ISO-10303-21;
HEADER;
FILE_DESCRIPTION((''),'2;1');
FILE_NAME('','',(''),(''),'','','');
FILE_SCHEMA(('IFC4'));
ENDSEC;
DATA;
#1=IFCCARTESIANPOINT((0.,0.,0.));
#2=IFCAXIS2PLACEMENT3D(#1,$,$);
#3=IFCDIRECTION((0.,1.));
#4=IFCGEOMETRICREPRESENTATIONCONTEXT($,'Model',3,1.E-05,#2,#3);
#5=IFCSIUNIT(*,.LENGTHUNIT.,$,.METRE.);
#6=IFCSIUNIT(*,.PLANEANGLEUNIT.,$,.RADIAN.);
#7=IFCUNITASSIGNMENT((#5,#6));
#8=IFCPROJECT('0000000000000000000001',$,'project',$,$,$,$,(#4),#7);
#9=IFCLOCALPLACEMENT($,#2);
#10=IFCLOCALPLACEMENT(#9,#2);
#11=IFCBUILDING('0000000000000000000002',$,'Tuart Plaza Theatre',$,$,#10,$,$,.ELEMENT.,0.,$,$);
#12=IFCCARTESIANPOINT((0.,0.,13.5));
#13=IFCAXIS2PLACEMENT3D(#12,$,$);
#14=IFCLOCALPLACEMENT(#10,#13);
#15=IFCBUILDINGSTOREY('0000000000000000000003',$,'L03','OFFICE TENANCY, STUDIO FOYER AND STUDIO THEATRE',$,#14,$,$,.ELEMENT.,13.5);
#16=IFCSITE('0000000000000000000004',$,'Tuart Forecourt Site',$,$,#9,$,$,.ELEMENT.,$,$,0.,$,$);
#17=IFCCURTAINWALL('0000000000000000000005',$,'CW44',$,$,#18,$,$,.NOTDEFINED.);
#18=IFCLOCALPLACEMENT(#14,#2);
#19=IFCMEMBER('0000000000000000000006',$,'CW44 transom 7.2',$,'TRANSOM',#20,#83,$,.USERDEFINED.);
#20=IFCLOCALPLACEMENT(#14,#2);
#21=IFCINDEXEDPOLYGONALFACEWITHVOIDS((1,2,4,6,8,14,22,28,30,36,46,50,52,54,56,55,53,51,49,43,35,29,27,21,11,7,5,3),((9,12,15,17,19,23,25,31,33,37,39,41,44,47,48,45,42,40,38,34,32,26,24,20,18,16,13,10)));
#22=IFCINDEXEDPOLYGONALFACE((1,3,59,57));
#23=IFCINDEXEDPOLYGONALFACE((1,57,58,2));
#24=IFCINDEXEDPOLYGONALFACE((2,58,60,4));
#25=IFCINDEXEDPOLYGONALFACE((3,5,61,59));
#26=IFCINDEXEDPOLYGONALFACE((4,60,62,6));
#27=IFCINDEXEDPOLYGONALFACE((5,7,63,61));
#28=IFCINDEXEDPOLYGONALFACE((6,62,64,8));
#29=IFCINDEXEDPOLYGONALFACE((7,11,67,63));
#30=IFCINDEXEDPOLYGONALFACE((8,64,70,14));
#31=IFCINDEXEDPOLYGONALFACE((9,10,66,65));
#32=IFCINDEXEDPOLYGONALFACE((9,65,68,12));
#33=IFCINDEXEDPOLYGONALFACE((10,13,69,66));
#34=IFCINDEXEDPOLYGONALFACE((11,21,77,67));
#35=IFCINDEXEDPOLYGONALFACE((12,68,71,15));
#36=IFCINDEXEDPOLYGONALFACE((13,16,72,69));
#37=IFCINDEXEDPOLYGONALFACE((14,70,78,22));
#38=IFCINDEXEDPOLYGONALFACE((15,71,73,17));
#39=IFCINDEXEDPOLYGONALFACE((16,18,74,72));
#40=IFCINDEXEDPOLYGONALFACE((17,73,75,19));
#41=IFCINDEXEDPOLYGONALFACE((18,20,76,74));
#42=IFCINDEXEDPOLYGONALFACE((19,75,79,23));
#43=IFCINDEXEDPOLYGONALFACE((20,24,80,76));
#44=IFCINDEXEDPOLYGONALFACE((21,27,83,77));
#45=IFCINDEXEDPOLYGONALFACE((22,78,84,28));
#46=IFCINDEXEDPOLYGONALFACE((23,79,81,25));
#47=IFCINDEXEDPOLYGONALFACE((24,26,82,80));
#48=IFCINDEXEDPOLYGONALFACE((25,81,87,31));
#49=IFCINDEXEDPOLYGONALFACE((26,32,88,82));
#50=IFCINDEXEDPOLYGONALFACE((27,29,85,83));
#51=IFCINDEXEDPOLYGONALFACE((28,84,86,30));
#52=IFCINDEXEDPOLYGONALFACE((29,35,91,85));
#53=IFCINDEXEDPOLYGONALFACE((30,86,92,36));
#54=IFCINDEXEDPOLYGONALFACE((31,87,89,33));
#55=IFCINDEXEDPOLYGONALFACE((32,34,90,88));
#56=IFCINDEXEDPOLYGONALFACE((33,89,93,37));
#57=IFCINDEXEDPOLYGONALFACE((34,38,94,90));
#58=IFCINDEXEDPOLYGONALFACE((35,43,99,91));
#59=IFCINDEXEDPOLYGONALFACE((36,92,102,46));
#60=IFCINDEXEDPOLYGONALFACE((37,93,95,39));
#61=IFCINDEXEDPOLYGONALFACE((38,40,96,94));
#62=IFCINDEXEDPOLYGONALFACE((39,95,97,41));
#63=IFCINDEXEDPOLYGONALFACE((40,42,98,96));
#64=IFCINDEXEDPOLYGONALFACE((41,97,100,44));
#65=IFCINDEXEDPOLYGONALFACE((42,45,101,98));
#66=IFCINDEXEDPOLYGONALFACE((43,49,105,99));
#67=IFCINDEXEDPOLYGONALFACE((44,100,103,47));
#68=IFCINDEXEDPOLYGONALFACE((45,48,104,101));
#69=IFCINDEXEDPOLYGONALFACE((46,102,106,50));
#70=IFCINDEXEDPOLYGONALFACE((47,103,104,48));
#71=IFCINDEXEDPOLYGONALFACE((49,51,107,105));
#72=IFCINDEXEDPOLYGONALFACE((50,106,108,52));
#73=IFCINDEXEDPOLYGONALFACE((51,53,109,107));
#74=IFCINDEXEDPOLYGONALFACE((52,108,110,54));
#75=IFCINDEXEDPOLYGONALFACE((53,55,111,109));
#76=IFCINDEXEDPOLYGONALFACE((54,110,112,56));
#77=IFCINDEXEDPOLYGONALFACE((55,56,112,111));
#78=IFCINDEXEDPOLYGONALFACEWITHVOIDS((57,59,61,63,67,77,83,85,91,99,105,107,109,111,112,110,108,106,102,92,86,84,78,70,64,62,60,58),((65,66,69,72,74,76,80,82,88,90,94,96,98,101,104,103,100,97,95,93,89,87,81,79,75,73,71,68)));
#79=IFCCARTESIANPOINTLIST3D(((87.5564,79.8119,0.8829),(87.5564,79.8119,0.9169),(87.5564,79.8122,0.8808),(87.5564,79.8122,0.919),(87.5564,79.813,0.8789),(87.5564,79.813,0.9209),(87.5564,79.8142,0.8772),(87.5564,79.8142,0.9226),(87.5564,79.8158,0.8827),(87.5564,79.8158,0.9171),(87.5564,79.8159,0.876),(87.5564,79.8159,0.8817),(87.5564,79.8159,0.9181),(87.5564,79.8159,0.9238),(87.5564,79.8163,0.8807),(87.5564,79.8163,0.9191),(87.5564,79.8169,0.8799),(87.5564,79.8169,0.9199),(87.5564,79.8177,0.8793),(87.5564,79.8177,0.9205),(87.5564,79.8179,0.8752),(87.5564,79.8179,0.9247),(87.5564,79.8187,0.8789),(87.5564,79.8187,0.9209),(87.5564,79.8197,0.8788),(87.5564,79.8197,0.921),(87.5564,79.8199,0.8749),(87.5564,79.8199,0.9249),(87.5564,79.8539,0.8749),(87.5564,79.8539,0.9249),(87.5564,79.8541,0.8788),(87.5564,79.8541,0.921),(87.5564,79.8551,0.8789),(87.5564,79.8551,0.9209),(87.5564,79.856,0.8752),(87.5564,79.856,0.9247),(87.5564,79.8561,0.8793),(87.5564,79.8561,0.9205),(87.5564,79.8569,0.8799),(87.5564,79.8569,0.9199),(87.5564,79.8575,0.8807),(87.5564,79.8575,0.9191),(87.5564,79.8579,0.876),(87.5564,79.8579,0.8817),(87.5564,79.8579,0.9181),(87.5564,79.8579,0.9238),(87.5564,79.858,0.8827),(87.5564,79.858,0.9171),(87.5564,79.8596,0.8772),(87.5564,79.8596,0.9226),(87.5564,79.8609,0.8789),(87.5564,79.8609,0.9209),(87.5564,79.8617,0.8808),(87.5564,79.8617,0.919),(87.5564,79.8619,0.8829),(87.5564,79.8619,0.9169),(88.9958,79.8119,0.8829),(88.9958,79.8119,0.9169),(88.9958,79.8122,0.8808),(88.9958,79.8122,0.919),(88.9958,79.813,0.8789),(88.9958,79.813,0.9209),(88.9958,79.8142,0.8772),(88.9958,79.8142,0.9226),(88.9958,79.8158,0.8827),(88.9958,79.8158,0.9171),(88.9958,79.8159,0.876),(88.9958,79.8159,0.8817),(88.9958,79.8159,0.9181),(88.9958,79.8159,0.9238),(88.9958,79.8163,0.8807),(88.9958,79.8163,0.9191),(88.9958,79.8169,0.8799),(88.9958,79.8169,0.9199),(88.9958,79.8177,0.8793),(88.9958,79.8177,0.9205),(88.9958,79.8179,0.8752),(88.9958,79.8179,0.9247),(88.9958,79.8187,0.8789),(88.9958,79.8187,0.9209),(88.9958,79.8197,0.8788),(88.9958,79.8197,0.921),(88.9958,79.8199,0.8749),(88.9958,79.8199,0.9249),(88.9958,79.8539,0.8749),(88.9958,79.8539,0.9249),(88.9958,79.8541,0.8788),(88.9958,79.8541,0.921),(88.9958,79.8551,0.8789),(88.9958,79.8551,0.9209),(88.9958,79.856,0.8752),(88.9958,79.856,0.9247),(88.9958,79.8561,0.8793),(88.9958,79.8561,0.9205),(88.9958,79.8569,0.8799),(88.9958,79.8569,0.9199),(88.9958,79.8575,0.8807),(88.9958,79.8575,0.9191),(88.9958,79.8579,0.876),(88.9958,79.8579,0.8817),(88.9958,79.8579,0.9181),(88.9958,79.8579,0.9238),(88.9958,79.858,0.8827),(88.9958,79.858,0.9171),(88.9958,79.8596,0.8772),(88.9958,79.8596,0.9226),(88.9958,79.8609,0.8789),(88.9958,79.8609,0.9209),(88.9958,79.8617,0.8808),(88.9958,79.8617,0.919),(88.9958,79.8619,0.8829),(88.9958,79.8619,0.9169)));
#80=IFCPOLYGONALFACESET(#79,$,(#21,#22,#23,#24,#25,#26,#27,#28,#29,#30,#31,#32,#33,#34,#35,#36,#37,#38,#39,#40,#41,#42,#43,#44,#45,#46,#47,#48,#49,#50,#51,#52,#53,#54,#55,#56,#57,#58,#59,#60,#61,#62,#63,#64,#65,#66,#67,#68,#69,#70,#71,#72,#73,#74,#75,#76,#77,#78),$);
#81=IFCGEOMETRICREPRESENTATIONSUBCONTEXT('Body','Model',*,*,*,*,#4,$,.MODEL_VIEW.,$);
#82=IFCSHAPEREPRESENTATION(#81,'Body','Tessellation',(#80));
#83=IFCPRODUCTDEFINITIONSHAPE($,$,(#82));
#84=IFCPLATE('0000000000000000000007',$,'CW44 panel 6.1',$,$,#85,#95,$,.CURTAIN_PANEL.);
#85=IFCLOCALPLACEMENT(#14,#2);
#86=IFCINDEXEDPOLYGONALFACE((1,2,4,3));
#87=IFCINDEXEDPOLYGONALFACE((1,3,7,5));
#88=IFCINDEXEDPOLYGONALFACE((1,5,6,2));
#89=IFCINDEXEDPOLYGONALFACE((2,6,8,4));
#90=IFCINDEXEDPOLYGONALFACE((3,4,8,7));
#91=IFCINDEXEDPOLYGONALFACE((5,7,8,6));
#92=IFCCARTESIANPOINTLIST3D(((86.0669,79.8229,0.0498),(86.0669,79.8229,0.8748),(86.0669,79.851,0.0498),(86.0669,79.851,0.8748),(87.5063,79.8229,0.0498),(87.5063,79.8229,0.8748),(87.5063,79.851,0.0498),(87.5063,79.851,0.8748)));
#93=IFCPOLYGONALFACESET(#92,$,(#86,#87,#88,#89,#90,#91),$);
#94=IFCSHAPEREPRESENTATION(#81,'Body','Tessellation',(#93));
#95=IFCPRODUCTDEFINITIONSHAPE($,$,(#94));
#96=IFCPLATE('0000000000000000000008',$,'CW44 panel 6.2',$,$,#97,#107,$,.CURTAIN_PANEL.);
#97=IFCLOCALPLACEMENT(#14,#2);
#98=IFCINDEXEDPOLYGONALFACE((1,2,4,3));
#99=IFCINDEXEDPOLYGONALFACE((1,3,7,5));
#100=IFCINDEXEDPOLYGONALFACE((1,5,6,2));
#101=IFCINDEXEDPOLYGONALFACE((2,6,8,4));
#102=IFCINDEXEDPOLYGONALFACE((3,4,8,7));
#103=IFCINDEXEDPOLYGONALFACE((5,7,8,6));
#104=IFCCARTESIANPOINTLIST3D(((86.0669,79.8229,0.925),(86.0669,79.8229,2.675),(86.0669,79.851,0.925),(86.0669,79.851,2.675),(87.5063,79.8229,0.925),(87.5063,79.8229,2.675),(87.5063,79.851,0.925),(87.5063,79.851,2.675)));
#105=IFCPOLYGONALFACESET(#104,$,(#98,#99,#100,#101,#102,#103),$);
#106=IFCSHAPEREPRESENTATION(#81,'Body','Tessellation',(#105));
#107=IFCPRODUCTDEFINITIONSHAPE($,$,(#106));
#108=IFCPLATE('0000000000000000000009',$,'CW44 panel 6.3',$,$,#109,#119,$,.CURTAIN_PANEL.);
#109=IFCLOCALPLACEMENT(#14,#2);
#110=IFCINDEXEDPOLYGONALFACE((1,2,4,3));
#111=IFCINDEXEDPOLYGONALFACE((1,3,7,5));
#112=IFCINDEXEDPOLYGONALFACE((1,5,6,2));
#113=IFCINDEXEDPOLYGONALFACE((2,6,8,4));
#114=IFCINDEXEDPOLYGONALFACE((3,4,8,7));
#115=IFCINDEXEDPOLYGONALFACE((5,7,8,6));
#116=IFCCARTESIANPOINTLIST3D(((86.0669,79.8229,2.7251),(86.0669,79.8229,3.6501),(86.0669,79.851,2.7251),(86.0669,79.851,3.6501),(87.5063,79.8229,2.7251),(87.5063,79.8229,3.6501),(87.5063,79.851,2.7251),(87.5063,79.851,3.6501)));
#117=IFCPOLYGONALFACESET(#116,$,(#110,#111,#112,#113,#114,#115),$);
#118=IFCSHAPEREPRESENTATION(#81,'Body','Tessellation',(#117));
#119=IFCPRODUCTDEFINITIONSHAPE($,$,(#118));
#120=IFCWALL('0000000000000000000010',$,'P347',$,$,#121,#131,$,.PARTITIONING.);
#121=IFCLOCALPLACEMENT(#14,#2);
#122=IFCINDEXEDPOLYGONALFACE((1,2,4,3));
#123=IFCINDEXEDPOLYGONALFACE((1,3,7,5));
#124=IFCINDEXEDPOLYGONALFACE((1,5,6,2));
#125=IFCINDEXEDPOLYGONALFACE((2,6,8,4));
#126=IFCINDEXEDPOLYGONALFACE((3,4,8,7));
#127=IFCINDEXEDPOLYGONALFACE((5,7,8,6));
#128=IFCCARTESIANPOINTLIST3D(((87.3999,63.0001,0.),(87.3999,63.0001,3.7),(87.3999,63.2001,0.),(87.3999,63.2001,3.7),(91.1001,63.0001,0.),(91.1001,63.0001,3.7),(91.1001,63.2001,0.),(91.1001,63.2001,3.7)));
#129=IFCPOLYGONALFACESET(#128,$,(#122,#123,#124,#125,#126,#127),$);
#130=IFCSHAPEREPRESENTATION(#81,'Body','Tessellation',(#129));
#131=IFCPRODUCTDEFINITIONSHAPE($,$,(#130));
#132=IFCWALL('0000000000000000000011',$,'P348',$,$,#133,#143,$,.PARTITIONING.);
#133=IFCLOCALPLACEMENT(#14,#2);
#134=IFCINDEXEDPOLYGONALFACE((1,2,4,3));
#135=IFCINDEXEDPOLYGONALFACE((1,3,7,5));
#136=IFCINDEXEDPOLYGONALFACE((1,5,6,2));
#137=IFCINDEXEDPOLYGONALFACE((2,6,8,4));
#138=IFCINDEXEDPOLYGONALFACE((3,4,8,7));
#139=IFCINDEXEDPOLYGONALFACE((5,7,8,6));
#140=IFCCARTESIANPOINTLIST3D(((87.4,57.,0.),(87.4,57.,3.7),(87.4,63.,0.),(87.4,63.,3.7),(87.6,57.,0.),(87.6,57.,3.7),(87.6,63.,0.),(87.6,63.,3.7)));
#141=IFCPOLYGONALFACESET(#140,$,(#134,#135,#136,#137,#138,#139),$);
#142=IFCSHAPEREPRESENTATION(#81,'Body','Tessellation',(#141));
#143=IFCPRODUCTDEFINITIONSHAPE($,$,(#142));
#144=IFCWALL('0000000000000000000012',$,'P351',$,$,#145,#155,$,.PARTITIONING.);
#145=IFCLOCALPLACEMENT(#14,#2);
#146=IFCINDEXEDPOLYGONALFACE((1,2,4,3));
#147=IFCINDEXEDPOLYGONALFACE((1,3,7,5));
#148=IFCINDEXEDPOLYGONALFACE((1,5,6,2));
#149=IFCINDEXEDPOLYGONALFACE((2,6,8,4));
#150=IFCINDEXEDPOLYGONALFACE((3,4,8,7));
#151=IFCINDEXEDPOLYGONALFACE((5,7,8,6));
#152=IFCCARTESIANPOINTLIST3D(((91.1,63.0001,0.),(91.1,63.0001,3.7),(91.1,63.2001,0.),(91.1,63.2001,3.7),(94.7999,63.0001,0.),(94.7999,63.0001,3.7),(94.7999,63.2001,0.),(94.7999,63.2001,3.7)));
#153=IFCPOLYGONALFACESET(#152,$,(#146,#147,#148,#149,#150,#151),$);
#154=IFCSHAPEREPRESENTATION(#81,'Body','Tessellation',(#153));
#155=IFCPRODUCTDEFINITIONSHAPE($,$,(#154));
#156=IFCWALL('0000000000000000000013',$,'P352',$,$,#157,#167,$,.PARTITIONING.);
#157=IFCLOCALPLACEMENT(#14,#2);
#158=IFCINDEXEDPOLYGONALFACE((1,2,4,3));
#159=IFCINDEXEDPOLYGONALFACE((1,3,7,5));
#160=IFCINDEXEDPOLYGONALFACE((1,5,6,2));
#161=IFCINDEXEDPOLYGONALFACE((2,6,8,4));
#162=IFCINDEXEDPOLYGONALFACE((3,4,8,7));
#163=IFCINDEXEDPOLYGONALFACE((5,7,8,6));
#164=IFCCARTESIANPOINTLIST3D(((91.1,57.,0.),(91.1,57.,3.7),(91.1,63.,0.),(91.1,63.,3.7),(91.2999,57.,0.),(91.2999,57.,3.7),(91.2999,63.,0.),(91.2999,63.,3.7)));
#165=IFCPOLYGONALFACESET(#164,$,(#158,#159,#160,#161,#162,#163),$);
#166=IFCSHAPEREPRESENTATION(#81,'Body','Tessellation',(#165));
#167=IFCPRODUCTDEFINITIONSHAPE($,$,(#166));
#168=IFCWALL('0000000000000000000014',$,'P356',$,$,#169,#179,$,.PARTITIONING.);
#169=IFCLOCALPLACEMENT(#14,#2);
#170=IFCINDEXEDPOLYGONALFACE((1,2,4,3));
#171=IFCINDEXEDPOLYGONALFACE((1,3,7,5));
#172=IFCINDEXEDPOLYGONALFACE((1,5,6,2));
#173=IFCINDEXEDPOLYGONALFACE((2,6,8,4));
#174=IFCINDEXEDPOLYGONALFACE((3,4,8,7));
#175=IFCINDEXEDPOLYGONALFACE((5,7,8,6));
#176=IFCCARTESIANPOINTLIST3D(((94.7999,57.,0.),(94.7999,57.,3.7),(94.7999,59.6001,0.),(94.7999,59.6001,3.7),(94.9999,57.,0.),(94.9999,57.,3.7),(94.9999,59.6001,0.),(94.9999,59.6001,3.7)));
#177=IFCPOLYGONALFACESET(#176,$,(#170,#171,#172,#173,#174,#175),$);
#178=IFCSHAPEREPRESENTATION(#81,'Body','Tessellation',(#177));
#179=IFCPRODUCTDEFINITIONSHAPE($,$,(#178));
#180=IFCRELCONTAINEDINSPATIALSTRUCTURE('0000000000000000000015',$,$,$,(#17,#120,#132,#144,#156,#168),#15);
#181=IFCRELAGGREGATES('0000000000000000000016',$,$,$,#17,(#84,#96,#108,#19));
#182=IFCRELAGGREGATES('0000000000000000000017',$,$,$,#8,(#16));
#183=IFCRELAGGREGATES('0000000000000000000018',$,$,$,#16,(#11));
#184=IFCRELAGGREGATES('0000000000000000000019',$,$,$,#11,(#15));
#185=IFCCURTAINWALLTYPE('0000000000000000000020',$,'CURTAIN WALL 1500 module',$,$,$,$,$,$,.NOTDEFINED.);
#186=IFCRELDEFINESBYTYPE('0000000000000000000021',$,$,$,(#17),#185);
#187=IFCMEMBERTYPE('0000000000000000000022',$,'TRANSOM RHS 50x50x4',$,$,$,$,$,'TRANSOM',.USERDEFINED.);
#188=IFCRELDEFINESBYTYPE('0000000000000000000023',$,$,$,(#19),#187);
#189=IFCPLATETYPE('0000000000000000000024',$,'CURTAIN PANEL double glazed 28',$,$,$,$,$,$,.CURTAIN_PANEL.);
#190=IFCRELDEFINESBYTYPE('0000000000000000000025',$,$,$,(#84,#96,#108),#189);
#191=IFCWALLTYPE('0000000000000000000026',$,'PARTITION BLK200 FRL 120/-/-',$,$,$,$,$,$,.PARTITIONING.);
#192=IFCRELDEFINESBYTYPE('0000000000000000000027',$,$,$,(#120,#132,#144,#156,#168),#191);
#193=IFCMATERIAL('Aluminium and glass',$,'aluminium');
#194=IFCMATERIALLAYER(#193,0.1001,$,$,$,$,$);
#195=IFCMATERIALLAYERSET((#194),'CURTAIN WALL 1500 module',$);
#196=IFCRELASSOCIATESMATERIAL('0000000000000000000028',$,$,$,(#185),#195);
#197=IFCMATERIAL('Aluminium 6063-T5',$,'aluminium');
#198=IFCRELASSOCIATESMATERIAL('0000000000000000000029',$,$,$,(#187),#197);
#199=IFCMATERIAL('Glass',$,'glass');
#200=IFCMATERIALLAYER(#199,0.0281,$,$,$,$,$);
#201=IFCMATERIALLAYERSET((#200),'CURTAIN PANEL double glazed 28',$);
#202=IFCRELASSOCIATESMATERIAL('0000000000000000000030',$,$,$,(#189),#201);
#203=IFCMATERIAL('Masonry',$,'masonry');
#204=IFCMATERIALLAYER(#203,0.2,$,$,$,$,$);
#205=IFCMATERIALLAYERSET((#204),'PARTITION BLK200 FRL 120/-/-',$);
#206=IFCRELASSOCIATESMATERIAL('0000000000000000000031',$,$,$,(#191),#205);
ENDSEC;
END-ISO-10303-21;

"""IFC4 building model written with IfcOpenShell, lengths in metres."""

from ifc_helpers import new_model, si_unit, direction, frame, frame_2d, origin, origin_2d, place, context, subcontext, project, spatial, rectangle, hollow_rectangle, extrude, material, layer, layer_set, material_profile, profile_set, type_object, element, aggregate, save


model = new_model("IFC4")

# Units and contexts
model_context = context("Model", 3, precision=1e-05, world=origin(), true_north=direction((0.0, 1.0)))
body_context = subcontext(model_context, "Body", "Model", "MODEL_VIEW")
ifc_project = project(units=[si_unit("LENGTHUNIT", "METRE"), si_unit("PLANEANGLEUNIT", "RADIAN")], contexts=[model_context])

# Site, building, storey
site_placement = place(None, origin())
site = spatial("IfcSite", under=ifc_project, at=site_placement, Name="Tuart Forecourt Site", CompositionType="ELEMENT", RefElevation=0.0)
building_placement = place(site_placement, origin())
building = spatial("IfcBuilding", under=site, at=building_placement, Name="Tuart Plaza Theatre", CompositionType="ELEMENT", ElevationOfRefHeight=0.0)
storey_placement = place(building_placement, frame((0.0, 0.0, 13.5)))
storey = spatial("IfcBuildingStorey", under=building, at=storey_placement, Name="L03", Description="OFFICE TENANCY, STUDIO FOYER AND STUDIO THEATRE", CompositionType="ELEMENT", Elevation=13.5)

# Curtain wall, member, plates
ifc_material_1 = material(Name="Aluminium and glass", Category="aluminium")
ifc_layer_1 = layer(ifc_material_1, 0.1001)
ifc_layer_set_1 = layer_set([ifc_layer_1], Name="CURTAIN WALL 1500 module")
curtain_wall_type = type_object("IfcCurtainWallType", Name="CURTAIN WALL 1500 module", PredefinedType="NOTDEFINED", material=ifc_layer_set_1)
curtain_wall_placement = place(storey_placement, origin())
curtain_wall = element("IfcCurtainWall", 1, at=curtain_wall_placement, inside=storey, type_object=curtain_wall_type, Name="CW44", PredefinedType="NOTDEFINED")
ifc_material_2 = material(Name="Aluminium 6063-T5", Category="aluminium")
ifc_material_profile_1 = material_profile(ifc_material_2, hollow_rectangle(XDim=0.05, YDim=0.05, WallThickness=0.0039, InnerFilletRadius=0.0039, OuterFilletRadius=0.0081, at=origin_2d()), Name="RHS 50x50x4")
ifc_profile_set_1 = profile_set([ifc_material_profile_1], Name="Aluminium 6063-T5")
member_type_1 = type_object("IfcMemberType", Name="TRANSOM RHS 50x50x4", ElementType="TRANSOM", PredefinedType="USERDEFINED", material=ifc_profile_set_1)
member_1_placement = place(storey_placement, frame((87.5564, 79.8369, 0.8999), z_axis=(1.0, 0.0, 0.0), x_axis=(0.0, 1.0, 0.0)))
member_1 = element("IfcMember", 2, at=member_1_placement, type_object=member_type_1, Name="CW44 transom 7.2", ObjectType="TRANSOM", PredefinedType="USERDEFINED", context=body_context, shape_type="SweptSolid", body=[
    extrude(hollow_rectangle(XDim=0.05, YDim=0.05, WallThickness=0.0039, InnerFilletRadius=0.0039, OuterFilletRadius=0.0081, at=origin_2d()), origin(), (0.0, 0.0, 1.0), 1.4395),
])
ifc_material_3 = material(Name="Glass", Category="glass")
ifc_layer_2 = layer(ifc_material_3, 0.0281)
ifc_layer_set_2 = layer_set([ifc_layer_2], Name="CURTAIN PANEL double glazed 28")
plate_type = type_object("IfcPlateType", Name="CURTAIN PANEL double glazed 28", PredefinedType="CURTAIN_PANEL", material=ifc_layer_set_2)
plate_1_placement = place(storey_placement, frame((86.7866, 79.8369, 0.0498), z_axis=(0.0, 0.0, 1.0), x_axis=(1.0, 0.0, 0.0)))
plate_1 = element("IfcPlate", 3, at=plate_1_placement, type_object=plate_type, Name="CW44 panel 6.1", PredefinedType="CURTAIN_PANEL", context=body_context, shape_type="SweptSolid", body=[
    extrude(rectangle(XDim=1.4395, YDim=0.0281, at=origin_2d()), origin(), (0.0, 0.0, 1.0), 0.825),
])
plate_2_placement = place(storey_placement, frame((86.7866, 79.8369, 0.925), z_axis=(0.0, 0.0, 1.0), x_axis=(1.0, 0.0, 0.0)))
plate_2 = element("IfcPlate", 4, at=plate_2_placement, type_object=plate_type, Name="CW44 panel 6.2", PredefinedType="CURTAIN_PANEL", context=body_context, shape_type="SweptSolid", body=[
    extrude(rectangle(XDim=1.4395, YDim=0.0281, at=origin_2d()), origin(), (0.0, 0.0, 1.0), 1.75),
])
plate_3_placement = place(storey_placement, frame((86.7866, 79.8369, 2.7251), z_axis=(0.0, 0.0, 1.0), x_axis=(1.0, 0.0, 0.0)))
plate_3 = element("IfcPlate", 5, at=plate_3_placement, type_object=plate_type, Name="CW44 panel 6.3", PredefinedType="CURTAIN_PANEL", context=body_context, shape_type="SweptSolid", body=[
    extrude(rectangle(XDim=1.4395, YDim=0.0281, at=origin_2d()), origin(), (0.0, 0.0, 1.0), 0.925),
])
aggregate(curtain_wall, [plate_1, plate_2, plate_3, member_1])

# Walls
ifc_material_4 = material(Name="Masonry", Category="masonry")
ifc_layer_3 = layer(ifc_material_4, 0.2)
ifc_layer_set_3 = layer_set([ifc_layer_3], Name="PARTITION BLK200 FRL 120/-/-")
wall_type_1 = type_object("IfcWallType", Name="PARTITION BLK200 FRL 120/-/-", PredefinedType="PARTITIONING", material=ifc_layer_set_3)
wall_1_placement = place(storey_placement, frame((91.1001, 63.1001, 0.0), z_axis=(0.0, 0.0, 1.0), x_axis=(-1.0, 0.0, 0.0)))
element("IfcWall", 6, at=wall_1_placement, inside=storey, type_object=wall_type_1, Name="P347", PredefinedType="PARTITIONING", context=body_context, shape_type="SweptSolid", body=[
    extrude(rectangle(XDim=3.7002, YDim=0.2, at=frame_2d((1.8501, 0.0))), origin(), (0.0, 0.0, 1.0), 3.7),
])
wall_2_placement = place(storey_placement, frame((87.5, 63.0, 0.0), z_axis=(0.0, 0.0, 1.0), x_axis=(0.0, -1.0, 0.0)))
element("IfcWall", 7, at=wall_2_placement, inside=storey, type_object=wall_type_1, Name="P348", PredefinedType="PARTITIONING", context=body_context, shape_type="SweptSolid", body=[
    extrude(rectangle(XDim=6.0, YDim=0.2, at=frame_2d((3.0, 0.0))), origin(), (0.0, 0.0, 1.0), 3.7),
])
wall_3_placement = place(storey_placement, frame((94.8, 63.1001, 0.0), z_axis=(0.0, 0.0, 1.0), x_axis=(-1.0, 0.0, 0.0)))
element("IfcWall", 8, at=wall_3_placement, inside=storey, type_object=wall_type_1, Name="P351", PredefinedType="PARTITIONING", context=body_context, shape_type="SweptSolid", body=[
    extrude(rectangle(XDim=3.7, YDim=0.2, at=frame_2d((1.8501, 0.0))), origin(), (0.0, 0.0, 1.0), 3.7),
])
wall_4_placement = place(storey_placement, frame((91.2, 63.0, 0.0), z_axis=(0.0, 0.0, 1.0), x_axis=(0.0, -1.0, 0.0)))
element("IfcWall", 9, at=wall_4_placement, inside=storey, type_object=wall_type_1, Name="P352", PredefinedType="PARTITIONING", context=body_context, shape_type="SweptSolid", body=[
    extrude(rectangle(XDim=6.0, YDim=0.2, at=frame_2d((3.0, 0.0))), origin(), (0.0, 0.0, 1.0), 3.7),
])
wall_5_placement = place(storey_placement, frame((94.8999, 59.6001, 0.0), z_axis=(0.0, 0.0, 1.0), x_axis=(0.0, -1.0, 0.0)))
element("IfcWall", 10, at=wall_5_placement, inside=storey, type_object=wall_type_1, Name="P356", PredefinedType="PARTITIONING", context=body_context, shape_type="SweptSolid", body=[
    extrude(rectangle(XDim=2.6001, YDim=0.2, at=frame_2d((1.3, 0.0))), origin(), (0.0, 0.0, 1.0), 3.7),
])

save(model, "model.ifc")
